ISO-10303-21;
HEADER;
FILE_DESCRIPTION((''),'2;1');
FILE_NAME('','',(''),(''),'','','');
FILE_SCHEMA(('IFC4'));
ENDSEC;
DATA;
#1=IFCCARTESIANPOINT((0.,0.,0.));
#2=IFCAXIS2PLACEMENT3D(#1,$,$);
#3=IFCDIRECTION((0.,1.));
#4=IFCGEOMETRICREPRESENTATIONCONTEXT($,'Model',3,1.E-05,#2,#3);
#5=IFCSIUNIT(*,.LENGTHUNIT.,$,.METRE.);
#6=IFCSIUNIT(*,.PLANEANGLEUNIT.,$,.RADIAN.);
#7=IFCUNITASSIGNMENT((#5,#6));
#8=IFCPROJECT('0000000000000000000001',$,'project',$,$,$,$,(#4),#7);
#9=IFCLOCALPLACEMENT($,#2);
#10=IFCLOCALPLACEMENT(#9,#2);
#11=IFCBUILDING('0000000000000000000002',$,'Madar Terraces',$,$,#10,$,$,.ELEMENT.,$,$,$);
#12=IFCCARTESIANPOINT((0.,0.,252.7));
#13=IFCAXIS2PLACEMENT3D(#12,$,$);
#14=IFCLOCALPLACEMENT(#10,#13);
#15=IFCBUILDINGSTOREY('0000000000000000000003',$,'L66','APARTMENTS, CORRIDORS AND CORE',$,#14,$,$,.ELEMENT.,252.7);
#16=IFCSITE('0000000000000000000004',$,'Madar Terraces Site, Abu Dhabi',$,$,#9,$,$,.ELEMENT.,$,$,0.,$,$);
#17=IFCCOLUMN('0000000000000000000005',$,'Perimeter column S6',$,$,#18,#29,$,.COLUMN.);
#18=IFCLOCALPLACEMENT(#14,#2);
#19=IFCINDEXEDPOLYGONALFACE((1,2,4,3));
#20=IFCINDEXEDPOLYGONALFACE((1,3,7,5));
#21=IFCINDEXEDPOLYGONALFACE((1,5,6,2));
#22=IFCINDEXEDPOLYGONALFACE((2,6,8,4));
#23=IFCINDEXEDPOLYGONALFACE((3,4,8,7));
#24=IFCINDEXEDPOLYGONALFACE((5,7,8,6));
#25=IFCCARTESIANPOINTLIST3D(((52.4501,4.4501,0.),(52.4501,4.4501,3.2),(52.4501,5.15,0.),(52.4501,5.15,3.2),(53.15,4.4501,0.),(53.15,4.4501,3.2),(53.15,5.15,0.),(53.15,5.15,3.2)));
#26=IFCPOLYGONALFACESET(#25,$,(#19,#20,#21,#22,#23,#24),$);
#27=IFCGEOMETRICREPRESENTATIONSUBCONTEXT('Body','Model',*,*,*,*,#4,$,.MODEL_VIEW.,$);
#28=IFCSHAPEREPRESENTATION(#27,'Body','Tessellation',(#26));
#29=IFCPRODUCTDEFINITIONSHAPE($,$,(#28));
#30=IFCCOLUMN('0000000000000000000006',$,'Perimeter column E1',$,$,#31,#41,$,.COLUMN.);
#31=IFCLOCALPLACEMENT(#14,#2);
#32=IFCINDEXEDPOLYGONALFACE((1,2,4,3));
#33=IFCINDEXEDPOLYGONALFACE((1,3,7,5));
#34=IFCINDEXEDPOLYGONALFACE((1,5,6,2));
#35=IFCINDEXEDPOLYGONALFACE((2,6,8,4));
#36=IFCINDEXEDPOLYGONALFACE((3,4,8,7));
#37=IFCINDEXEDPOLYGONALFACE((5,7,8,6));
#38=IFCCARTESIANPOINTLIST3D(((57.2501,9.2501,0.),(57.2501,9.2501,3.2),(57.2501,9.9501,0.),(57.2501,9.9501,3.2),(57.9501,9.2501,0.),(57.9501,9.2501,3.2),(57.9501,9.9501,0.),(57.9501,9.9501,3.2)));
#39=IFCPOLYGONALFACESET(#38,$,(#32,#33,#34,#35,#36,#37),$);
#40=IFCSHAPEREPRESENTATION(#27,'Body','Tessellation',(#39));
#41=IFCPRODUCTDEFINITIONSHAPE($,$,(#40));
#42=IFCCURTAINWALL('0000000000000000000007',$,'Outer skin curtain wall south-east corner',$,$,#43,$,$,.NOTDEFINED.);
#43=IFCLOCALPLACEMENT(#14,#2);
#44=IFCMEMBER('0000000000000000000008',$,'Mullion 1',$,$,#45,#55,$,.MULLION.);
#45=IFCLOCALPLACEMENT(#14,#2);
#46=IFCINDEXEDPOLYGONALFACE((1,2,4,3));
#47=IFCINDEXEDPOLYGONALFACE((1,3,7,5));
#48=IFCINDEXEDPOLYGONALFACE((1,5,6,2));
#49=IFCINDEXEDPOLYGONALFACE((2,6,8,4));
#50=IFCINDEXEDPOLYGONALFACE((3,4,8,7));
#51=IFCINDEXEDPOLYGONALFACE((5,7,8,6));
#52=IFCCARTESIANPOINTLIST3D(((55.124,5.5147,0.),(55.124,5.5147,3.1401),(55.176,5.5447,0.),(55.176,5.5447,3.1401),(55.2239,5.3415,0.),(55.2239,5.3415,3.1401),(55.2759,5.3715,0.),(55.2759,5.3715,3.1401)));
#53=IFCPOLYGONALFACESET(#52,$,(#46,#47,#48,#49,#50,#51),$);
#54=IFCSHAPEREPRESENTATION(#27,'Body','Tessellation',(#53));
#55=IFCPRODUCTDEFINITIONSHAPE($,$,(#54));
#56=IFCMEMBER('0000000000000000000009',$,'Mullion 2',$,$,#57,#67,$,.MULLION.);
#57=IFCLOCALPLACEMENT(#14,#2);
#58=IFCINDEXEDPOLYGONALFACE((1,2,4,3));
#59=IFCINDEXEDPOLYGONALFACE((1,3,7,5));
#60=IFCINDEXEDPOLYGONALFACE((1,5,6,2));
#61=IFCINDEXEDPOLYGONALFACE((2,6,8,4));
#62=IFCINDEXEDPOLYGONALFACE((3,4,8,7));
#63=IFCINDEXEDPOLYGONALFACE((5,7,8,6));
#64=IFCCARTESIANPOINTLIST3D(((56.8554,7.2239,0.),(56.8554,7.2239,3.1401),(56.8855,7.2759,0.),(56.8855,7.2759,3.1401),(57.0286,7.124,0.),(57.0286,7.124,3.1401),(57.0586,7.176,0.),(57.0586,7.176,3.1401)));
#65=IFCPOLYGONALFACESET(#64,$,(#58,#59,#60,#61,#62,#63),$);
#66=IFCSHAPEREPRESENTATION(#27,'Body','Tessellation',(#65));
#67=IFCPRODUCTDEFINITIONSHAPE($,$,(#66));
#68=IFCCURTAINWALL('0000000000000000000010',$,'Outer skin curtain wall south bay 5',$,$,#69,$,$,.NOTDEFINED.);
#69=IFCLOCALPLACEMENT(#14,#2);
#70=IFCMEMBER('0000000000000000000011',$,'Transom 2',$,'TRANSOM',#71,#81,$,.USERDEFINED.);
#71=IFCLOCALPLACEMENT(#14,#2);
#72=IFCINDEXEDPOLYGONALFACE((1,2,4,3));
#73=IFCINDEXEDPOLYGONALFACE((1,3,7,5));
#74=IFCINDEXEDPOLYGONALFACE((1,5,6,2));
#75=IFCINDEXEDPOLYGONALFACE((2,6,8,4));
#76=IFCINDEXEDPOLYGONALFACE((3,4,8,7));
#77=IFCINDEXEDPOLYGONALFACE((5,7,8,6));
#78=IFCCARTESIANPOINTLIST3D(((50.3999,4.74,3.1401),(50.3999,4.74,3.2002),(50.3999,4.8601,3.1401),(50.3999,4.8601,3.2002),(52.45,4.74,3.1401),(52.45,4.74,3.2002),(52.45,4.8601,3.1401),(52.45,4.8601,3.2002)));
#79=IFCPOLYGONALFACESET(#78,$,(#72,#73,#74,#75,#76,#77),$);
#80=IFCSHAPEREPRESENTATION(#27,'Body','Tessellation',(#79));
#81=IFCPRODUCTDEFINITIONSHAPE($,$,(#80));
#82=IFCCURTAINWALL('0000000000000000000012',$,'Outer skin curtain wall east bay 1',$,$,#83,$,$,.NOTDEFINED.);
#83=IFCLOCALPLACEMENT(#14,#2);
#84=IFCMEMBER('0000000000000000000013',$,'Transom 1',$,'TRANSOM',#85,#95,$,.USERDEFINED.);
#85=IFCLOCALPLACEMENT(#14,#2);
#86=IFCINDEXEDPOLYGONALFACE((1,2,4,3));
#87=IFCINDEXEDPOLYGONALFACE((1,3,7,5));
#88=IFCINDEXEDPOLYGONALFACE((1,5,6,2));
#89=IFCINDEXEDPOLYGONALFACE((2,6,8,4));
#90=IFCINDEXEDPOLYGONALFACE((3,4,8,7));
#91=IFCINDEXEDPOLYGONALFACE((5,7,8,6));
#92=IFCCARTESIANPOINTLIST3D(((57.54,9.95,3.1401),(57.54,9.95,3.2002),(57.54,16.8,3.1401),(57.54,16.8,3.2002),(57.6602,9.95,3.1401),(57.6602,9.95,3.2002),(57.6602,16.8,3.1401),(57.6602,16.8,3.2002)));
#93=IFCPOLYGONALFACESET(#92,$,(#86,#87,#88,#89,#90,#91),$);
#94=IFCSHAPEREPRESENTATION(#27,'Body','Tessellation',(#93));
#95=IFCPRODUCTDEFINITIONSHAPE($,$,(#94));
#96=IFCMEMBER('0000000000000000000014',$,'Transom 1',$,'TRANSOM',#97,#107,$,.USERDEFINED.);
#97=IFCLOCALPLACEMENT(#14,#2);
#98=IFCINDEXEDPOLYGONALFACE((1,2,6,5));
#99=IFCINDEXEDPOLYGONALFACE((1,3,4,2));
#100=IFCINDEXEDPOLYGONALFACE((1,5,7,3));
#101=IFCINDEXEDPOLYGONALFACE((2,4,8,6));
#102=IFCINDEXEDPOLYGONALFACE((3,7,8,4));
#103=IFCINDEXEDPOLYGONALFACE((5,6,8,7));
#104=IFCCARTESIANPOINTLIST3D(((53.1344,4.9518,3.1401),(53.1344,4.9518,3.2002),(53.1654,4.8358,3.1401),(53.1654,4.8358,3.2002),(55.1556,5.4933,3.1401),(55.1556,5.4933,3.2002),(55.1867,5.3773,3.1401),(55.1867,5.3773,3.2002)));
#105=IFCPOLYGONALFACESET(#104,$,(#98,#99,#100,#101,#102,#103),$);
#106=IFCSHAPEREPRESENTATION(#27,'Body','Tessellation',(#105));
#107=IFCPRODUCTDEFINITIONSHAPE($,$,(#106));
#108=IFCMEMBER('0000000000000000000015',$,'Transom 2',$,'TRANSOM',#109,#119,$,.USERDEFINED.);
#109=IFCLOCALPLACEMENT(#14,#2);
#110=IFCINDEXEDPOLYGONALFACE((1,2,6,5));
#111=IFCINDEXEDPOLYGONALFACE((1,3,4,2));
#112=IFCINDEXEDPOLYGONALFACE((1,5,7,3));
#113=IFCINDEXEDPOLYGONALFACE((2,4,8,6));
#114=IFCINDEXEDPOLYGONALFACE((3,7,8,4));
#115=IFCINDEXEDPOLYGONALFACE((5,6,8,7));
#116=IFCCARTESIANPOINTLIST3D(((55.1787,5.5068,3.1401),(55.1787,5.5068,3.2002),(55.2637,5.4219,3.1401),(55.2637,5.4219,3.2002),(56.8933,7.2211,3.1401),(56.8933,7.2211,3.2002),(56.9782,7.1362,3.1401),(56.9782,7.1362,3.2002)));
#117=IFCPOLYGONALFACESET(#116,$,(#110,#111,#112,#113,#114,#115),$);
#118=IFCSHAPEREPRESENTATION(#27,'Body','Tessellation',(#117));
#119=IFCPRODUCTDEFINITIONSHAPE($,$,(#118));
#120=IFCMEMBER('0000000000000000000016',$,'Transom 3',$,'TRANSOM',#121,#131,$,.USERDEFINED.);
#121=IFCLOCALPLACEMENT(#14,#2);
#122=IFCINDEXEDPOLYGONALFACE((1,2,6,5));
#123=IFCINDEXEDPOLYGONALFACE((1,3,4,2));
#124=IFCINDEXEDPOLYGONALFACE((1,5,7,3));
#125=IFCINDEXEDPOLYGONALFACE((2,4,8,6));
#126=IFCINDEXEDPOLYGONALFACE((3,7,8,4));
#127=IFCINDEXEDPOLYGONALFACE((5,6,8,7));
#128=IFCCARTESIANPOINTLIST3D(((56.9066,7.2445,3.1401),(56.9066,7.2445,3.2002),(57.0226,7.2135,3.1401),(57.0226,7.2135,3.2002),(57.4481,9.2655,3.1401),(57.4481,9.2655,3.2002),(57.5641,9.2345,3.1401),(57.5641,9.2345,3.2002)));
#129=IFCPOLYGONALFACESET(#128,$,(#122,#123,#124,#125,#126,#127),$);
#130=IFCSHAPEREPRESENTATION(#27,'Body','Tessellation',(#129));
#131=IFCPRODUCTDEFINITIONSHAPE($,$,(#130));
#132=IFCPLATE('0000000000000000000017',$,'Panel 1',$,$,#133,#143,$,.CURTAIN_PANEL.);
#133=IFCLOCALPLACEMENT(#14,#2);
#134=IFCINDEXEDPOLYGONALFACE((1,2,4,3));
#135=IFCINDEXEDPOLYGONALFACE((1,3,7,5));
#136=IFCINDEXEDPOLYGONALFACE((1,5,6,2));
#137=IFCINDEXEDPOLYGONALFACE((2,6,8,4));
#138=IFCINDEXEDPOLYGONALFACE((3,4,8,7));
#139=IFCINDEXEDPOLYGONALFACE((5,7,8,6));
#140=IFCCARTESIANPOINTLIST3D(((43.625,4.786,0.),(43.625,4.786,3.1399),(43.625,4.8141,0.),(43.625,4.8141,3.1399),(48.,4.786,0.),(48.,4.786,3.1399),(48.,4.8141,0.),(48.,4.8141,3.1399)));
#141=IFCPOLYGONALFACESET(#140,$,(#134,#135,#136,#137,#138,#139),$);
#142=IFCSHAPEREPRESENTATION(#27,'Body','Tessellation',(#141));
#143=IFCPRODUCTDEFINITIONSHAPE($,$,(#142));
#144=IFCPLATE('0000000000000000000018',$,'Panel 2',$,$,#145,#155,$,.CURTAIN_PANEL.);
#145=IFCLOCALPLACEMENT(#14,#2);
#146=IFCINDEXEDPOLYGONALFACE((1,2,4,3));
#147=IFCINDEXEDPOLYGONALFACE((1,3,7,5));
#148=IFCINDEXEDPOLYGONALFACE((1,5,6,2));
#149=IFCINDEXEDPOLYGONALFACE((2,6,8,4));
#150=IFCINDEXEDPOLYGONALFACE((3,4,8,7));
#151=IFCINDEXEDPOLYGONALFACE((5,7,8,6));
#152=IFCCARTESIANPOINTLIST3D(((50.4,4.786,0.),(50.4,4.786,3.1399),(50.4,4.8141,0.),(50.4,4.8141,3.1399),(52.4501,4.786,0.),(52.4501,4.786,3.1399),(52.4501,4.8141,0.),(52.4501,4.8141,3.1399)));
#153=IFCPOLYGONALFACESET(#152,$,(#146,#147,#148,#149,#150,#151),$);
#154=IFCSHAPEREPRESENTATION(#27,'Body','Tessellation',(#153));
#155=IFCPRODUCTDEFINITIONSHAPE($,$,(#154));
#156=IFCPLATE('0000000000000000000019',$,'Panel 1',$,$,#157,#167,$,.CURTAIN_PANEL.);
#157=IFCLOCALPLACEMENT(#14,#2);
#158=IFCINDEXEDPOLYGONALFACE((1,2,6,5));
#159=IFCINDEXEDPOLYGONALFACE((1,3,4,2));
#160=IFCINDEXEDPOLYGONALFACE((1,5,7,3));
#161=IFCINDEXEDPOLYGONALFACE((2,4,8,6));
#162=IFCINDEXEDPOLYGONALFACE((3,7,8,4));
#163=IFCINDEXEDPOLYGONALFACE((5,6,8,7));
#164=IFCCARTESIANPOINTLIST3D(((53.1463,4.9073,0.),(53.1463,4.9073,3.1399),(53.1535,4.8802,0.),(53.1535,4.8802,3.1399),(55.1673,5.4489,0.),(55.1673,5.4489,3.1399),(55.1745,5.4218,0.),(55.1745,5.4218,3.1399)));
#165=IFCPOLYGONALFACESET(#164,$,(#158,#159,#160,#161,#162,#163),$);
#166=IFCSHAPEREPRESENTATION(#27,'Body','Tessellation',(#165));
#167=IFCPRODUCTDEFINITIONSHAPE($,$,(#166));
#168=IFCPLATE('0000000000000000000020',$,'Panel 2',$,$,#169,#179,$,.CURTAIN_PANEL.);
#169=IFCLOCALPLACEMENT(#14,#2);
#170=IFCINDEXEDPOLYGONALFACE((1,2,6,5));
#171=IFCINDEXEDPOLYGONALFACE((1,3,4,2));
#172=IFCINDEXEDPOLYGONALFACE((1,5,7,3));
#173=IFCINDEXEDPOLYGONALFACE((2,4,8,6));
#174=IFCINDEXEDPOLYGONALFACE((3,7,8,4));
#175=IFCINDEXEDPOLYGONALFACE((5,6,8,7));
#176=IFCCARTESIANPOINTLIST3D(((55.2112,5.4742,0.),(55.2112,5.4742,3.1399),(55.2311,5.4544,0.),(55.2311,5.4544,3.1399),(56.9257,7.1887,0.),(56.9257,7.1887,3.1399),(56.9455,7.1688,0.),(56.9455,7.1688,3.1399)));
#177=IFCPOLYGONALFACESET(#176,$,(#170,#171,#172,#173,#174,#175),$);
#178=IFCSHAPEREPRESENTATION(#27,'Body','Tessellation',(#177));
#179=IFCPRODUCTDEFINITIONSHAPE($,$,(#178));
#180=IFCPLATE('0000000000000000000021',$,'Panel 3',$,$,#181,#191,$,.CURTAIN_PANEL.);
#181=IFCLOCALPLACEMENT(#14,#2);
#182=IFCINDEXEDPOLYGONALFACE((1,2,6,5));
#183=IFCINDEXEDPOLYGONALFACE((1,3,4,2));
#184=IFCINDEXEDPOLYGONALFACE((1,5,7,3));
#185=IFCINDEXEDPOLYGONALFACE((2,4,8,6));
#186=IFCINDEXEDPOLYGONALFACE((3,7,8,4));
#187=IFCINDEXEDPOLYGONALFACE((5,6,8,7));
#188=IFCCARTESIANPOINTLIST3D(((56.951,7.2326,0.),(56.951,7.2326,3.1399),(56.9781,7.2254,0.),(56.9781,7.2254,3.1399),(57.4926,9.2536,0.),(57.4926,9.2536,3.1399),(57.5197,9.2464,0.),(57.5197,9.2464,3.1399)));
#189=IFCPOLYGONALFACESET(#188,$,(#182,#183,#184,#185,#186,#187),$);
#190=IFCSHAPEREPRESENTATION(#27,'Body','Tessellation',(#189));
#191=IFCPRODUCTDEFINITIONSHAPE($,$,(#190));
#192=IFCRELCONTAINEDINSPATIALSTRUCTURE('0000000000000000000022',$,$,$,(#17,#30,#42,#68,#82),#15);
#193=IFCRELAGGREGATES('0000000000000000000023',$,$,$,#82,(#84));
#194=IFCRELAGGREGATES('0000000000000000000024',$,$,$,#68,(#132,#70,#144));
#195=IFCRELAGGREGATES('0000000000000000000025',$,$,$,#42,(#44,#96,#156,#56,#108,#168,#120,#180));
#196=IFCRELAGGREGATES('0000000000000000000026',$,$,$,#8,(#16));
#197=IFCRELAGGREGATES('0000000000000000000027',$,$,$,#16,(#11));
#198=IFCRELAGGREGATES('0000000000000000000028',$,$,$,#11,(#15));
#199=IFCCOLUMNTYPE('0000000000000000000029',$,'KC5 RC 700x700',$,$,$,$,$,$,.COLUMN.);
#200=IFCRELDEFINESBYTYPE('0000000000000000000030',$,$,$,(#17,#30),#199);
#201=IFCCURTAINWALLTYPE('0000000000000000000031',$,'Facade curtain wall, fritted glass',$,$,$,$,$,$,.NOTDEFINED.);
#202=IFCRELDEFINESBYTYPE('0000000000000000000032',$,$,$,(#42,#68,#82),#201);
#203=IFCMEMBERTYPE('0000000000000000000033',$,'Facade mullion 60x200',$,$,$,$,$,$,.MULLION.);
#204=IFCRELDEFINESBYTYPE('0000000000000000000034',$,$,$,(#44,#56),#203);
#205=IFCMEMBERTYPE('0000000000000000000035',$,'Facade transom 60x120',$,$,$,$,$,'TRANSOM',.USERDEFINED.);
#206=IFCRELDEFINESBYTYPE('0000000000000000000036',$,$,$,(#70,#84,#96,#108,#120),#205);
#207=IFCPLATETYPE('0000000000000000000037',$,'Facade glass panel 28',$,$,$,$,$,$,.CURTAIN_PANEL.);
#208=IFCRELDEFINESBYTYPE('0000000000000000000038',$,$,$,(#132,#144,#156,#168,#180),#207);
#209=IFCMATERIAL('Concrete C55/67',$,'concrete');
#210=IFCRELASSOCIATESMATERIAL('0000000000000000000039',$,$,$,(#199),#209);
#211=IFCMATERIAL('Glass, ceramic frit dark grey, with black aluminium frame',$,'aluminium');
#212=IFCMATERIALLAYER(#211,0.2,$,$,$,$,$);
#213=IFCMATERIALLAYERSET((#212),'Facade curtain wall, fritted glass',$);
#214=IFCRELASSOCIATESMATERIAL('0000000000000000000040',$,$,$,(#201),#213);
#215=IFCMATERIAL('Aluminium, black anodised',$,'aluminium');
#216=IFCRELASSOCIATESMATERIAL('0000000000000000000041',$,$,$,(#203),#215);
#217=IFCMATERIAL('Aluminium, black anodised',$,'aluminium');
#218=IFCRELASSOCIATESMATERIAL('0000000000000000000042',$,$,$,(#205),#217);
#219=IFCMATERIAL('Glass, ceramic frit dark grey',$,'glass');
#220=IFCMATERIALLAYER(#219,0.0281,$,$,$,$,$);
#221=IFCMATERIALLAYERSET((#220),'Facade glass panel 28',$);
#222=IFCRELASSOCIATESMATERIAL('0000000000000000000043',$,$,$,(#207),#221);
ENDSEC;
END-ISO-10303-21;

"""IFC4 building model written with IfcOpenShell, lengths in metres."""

from ifc_helpers import new_model, si_unit, direction, frame, origin, origin_2d, place, context, subcontext, project, spatial, rectangle, extrude, material, layer, layer_set, material_profile, profile_set, type_object, element, aggregate, save


model = new_model("IFC4")

# Units and contexts
model_context = context("Model", 3, precision=1e-05, world=origin(), true_north=direction((0.0, 1.0)))
body_context = subcontext(model_context, "Body", "Model", "MODEL_VIEW")
ifc_project = project(units=[si_unit("LENGTHUNIT", "METRE"), si_unit("PLANEANGLEUNIT", "RADIAN")], contexts=[model_context])

# Site, building, storey
site_placement = place(None, origin())
site = spatial("IfcSite", under=ifc_project, at=site_placement, Name="Madar Terraces Site, Abu Dhabi", CompositionType="ELEMENT", RefElevation=0.0)
building_placement = place(site_placement, origin())
building = spatial("IfcBuilding", under=site, at=building_placement, Name="Madar Terraces", CompositionType="ELEMENT")
storey_placement = place(building_placement, frame((0.0, 0.0, 252.7)))
storey = spatial("IfcBuildingStorey", under=building, at=storey_placement, Name="L66", Description="APARTMENTS, CORRIDORS AND CORE", CompositionType="ELEMENT", Elevation=252.7)

# Columns
ifc_material_1 = material(Name="Concrete C55/67", Category="concrete")
ifc_material_profile_1 = material_profile(ifc_material_1, rectangle(XDim=0.7, YDim=0.7, at=origin_2d()), Name="KC5 RC 700x700")
ifc_profile_set_1 = profile_set([ifc_material_profile_1], Name="Concrete C55/67")
column_type = type_object("IfcColumnType", Name="KC5 RC 700x700", PredefinedType="COLUMN", material=ifc_profile_set_1)
for number, where, z_axis, x_axis, name in (
    (1, (52.8, 4.8, 0.0), (0.0, 0.0, 1.0), (1.0, 0.0, 0.0), "Perimeter column S6"),
    (2, (57.6001, 9.6001, 0.0), (0.0, 0.0, 1.0), (1.0, 0.0, 0.0), "Perimeter column E1"),
):
    element("IfcColumn", number, at=place(storey_placement, frame(where, z_axis=z_axis, x_axis=x_axis)), inside=storey, type_object=column_type, Name=name, PredefinedType="COLUMN", context=body_context, shape_type="SweptSolid", body=[
        extrude(rectangle(XDim=0.7, YDim=0.7, at=origin_2d()), origin(), (0.0, 0.0, 1.0), 3.2),
    ])

# Curtain wall, members
ifc_material_2 = material(Name="Glass, ceramic frit dark grey, with black aluminium frame", Category="aluminium")
ifc_layer_1 = layer(ifc_material_2, 0.2)
ifc_layer_set_1 = layer_set([ifc_layer_1], Name="Facade curtain wall, fritted glass")
curtain_wall_type = type_object("IfcCurtainWallType", Name="Facade curtain wall, fritted glass", PredefinedType="NOTDEFINED", material=ifc_layer_set_1)
curtain_wall_1_placement = place(storey_placement, origin())
curtain_wall_1 = element("IfcCurtainWall", 3, at=curtain_wall_1_placement, inside=storey, type_object=curtain_wall_type, Name="Outer skin curtain wall south-east corner", PredefinedType="NOTDEFINED")
ifc_material_3 = material(Name="Aluminium, black anodised", Category="aluminium")
ifc_material_profile_2 = material_profile(ifc_material_3, rectangle(XDim=0.2, YDim=0.0601, at=origin_2d()), Name="Facade mullion 60x200")
ifc_profile_set_2 = profile_set([ifc_material_profile_2], Name="Aluminium, black anodised")
member_type_1 = type_object("IfcMemberType", Name="Facade mullion 60x200", PredefinedType="MULLION", material=ifc_profile_set_2)
member_1_placement = place(storey_placement, frame((55.2, 5.4431, 0.0), z_axis=(0.0, 0.0, 1.0), x_axis=(-0.5, 0.866025, 0.0)))
member_1 = element("IfcMember", 4, at=member_1_placement, type_object=member_type_1, Name="Mullion 1", PredefinedType="MULLION", context=body_context, shape_type="SweptSolid", body=[
    extrude(rectangle(XDim=0.2, YDim=0.0601, at=origin_2d()), origin(), (0.0, 0.0, 1.0), 3.1401),
])
member_2_placement = place(storey_placement, frame((56.957, 7.2, 0.0), z_axis=(0.0, 0.0, 1.0), x_axis=(-0.866025, 0.5, 0.0)))
member_2 = element("IfcMember", 5, at=member_2_placement, type_object=member_type_1, Name="Mullion 2", PredefinedType="MULLION", context=body_context, shape_type="SweptSolid", body=[
    extrude(rectangle(XDim=0.2, YDim=0.0601, at=origin_2d()), origin(), (0.0, 0.0, 1.0), 3.1401),
])

# Curtain walls, members
curtain_wall_2_placement = place(storey_placement, origin())
curtain_wall_2 = element("IfcCurtainWall", 6, at=curtain_wall_2_placement, inside=storey, type_object=curtain_wall_type, Name="Outer skin curtain wall south bay 5", PredefinedType="NOTDEFINED")
ifc_material_4 = material(Name="Aluminium, black anodised", Category="aluminium")
ifc_material_profile_3 = material_profile(ifc_material_4, rectangle(XDim=0.1201, YDim=0.0601, at=origin_2d()), Name="Facade transom 60x120")
ifc_profile_set_3 = profile_set([ifc_material_profile_3], Name="Aluminium, black anodised")
member_type_2 = type_object("IfcMemberType", Name="Facade transom 60x120", ElementType="TRANSOM", PredefinedType="USERDEFINED", material=ifc_profile_set_3)
member_3_placement = place(storey_placement, frame((50.3999, 4.8, 3.1702), z_axis=(1.0, 0.0, 0.0), x_axis=(0.0, 1.0, 0.0)))
member_3 = element("IfcMember", 7, at=member_3_placement, type_object=member_type_2, Name="Transom 2", ObjectType="TRANSOM", PredefinedType="USERDEFINED", context=body_context, shape_type="SweptSolid", body=[
    extrude(rectangle(XDim=0.1201, YDim=0.0601, at=origin_2d()), origin(), (0.0, 0.0, 1.0), 2.05),
])
curtain_wall_3_placement = place(storey_placement, origin())
curtain_wall_3 = element("IfcCurtainWall", 8, at=curtain_wall_3_placement, inside=storey, type_object=curtain_wall_type, Name="Outer skin curtain wall east bay 1", PredefinedType="NOTDEFINED")
member_4_placement = place(storey_placement, frame((57.6001, 9.95, 3.1702), z_axis=(0.0, 1.0, 0.0), x_axis=(-1.0, 0.0, 0.0)))
member_4 = element("IfcMember", 9, at=member_4_placement, type_object=member_type_2, Name="Transom 1", ObjectType="TRANSOM", PredefinedType="USERDEFINED", context=body_context, shape_type="SweptSolid", body=[
    extrude(rectangle(XDim=0.1201, YDim=0.0601, at=origin_2d()), origin(), (0.0, 0.0, 1.0), 6.8501),
])
aggregate(curtain_wall_3, [member_4])

# Members
member_5_placement = place(storey_placement, frame((53.1499, 4.8938, 3.1702), z_axis=(0.965936, 0.258781, 0.0), x_axis=(-0.258781, 0.965936, 0.0)))
member_5 = element("IfcMember", 10, at=member_5_placement, type_object=member_type_2, Name="Transom 1", ObjectType="TRANSOM", PredefinedType="USERDEFINED", context=body_context, shape_type="SweptSolid", body=[
    extrude(rectangle(XDim=0.1201, YDim=0.0601, at=origin_2d()), origin(), (0.0, 0.0, 1.0), 2.0925),
])
member_6_placement = place(storey_placement, frame((55.2212, 5.4644, 3.1702), z_axis=(0.707157, 0.707056, 0.0), x_axis=(-0.707056, 0.707157, 0.0)))
member_6 = element("IfcMember", 11, at=member_6_placement, type_object=member_type_2, Name="Transom 2", ObjectType="TRANSOM", PredefinedType="USERDEFINED", context=body_context, shape_type="SweptSolid", body=[
    extrude(rectangle(XDim=0.1201, YDim=0.0601, at=origin_2d()), origin(), (0.0, 0.0, 1.0), 2.4246),
])
member_7_placement = place(storey_placement, frame((56.9646, 7.229, 3.1702), z_axis=(0.25881, 0.965928, 0.0), x_axis=(-0.965928, 0.25881, 0.0)))
member_7 = element("IfcMember", 12, at=member_7_placement, type_object=member_type_2, Name="Transom 3", ObjectType="TRANSOM", PredefinedType="USERDEFINED", context=body_context, shape_type="SweptSolid", body=[
    extrude(rectangle(XDim=0.1201, YDim=0.0601, at=origin_2d()), origin(), (0.0, 0.0, 1.0), 2.0923),
])

# Plates
ifc_material_5 = material(Name="Glass, ceramic frit dark grey", Category="glass")
ifc_layer_2 = layer(ifc_material_5, 0.0281)
ifc_layer_set_2 = layer_set([ifc_layer_2], Name="Facade glass panel 28")
plate_type = type_object("IfcPlateType", Name="Facade glass panel 28", PredefinedType="CURTAIN_PANEL", material=ifc_layer_set_2)
plate_1_placement = place(storey_placement, frame((45.8125, 4.8, 0.0), z_axis=(0.0, 0.0, 1.0), x_axis=(1.0, 0.0, 0.0)))
plate_1 = element("IfcPlate", 13, at=plate_1_placement, type_object=plate_type, Name="Panel 1", PredefinedType="CURTAIN_PANEL", context=body_context, shape_type="SweptSolid", body=[
    extrude(rectangle(XDim=4.375, YDim=0.0281, at=origin_2d()), origin(), (0.0, 0.0, 1.0), 3.1399),
])
plate_2_placement = place(storey_placement, frame((51.425, 4.8, 0.0), z_axis=(0.0, 0.0, 1.0), x_axis=(1.0, 0.0, 0.0)))
plate_2 = element("IfcPlate", 14, at=plate_2_placement, type_object=plate_type, Name="Panel 2", PredefinedType="CURTAIN_PANEL", context=body_context, shape_type="SweptSolid", body=[
    extrude(rectangle(XDim=2.05, YDim=0.0281, at=origin_2d()), origin(), (0.0, 0.0, 1.0), 3.1399),
])
aggregate(curtain_wall_2, [plate_1, member_3, plate_2])
plate_3_placement = place(storey_placement, frame((54.1604, 5.1646, 0.0), z_axis=(0.0, 0.0, 1.0), x_axis=(0.965926, 0.258819, 0.0)))
plate_3 = element("IfcPlate", 15, at=plate_3_placement, type_object=plate_type, Name="Panel 1", PredefinedType="CURTAIN_PANEL", context=body_context, shape_type="SweptSolid", body=[
    extrude(rectangle(XDim=2.0923, YDim=0.0281, at=origin_2d()), origin(), (0.0, 0.0, 1.0), 3.1399),
])
plate_4_placement = place(storey_placement, frame((56.0784, 6.3215, 0.0), z_axis=(0.0, 0.0, 1.0), x_axis=(0.707107, 0.707107, 0.0)))
plate_4 = element("IfcPlate", 16, at=plate_4_placement, type_object=plate_type, Name="Panel 2", PredefinedType="CURTAIN_PANEL", context=body_context, shape_type="SweptSolid", body=[
    extrude(rectangle(XDim=2.4246, YDim=0.0281, at=origin_2d()), origin(), (0.0, 0.0, 1.0), 3.1399),
])
plate_5_placement = place(storey_placement, frame((57.2354, 8.2395, 0.0), z_axis=(0.0, 0.0, 1.0), x_axis=(0.258819, 0.965926, 0.0)))
plate_5 = element("IfcPlate", 17, at=plate_5_placement, type_object=plate_type, Name="Panel 3", PredefinedType="CURTAIN_PANEL", context=body_context, shape_type="SweptSolid", body=[
    extrude(rectangle(XDim=2.0923, YDim=0.0281, at=origin_2d()), origin(), (0.0, 0.0, 1.0), 3.1399),
])
aggregate(curtain_wall_1, [member_1, member_5, plate_3, member_2, member_6, plate_4, member_7, plate_5])

save(model, "model.ifc")
